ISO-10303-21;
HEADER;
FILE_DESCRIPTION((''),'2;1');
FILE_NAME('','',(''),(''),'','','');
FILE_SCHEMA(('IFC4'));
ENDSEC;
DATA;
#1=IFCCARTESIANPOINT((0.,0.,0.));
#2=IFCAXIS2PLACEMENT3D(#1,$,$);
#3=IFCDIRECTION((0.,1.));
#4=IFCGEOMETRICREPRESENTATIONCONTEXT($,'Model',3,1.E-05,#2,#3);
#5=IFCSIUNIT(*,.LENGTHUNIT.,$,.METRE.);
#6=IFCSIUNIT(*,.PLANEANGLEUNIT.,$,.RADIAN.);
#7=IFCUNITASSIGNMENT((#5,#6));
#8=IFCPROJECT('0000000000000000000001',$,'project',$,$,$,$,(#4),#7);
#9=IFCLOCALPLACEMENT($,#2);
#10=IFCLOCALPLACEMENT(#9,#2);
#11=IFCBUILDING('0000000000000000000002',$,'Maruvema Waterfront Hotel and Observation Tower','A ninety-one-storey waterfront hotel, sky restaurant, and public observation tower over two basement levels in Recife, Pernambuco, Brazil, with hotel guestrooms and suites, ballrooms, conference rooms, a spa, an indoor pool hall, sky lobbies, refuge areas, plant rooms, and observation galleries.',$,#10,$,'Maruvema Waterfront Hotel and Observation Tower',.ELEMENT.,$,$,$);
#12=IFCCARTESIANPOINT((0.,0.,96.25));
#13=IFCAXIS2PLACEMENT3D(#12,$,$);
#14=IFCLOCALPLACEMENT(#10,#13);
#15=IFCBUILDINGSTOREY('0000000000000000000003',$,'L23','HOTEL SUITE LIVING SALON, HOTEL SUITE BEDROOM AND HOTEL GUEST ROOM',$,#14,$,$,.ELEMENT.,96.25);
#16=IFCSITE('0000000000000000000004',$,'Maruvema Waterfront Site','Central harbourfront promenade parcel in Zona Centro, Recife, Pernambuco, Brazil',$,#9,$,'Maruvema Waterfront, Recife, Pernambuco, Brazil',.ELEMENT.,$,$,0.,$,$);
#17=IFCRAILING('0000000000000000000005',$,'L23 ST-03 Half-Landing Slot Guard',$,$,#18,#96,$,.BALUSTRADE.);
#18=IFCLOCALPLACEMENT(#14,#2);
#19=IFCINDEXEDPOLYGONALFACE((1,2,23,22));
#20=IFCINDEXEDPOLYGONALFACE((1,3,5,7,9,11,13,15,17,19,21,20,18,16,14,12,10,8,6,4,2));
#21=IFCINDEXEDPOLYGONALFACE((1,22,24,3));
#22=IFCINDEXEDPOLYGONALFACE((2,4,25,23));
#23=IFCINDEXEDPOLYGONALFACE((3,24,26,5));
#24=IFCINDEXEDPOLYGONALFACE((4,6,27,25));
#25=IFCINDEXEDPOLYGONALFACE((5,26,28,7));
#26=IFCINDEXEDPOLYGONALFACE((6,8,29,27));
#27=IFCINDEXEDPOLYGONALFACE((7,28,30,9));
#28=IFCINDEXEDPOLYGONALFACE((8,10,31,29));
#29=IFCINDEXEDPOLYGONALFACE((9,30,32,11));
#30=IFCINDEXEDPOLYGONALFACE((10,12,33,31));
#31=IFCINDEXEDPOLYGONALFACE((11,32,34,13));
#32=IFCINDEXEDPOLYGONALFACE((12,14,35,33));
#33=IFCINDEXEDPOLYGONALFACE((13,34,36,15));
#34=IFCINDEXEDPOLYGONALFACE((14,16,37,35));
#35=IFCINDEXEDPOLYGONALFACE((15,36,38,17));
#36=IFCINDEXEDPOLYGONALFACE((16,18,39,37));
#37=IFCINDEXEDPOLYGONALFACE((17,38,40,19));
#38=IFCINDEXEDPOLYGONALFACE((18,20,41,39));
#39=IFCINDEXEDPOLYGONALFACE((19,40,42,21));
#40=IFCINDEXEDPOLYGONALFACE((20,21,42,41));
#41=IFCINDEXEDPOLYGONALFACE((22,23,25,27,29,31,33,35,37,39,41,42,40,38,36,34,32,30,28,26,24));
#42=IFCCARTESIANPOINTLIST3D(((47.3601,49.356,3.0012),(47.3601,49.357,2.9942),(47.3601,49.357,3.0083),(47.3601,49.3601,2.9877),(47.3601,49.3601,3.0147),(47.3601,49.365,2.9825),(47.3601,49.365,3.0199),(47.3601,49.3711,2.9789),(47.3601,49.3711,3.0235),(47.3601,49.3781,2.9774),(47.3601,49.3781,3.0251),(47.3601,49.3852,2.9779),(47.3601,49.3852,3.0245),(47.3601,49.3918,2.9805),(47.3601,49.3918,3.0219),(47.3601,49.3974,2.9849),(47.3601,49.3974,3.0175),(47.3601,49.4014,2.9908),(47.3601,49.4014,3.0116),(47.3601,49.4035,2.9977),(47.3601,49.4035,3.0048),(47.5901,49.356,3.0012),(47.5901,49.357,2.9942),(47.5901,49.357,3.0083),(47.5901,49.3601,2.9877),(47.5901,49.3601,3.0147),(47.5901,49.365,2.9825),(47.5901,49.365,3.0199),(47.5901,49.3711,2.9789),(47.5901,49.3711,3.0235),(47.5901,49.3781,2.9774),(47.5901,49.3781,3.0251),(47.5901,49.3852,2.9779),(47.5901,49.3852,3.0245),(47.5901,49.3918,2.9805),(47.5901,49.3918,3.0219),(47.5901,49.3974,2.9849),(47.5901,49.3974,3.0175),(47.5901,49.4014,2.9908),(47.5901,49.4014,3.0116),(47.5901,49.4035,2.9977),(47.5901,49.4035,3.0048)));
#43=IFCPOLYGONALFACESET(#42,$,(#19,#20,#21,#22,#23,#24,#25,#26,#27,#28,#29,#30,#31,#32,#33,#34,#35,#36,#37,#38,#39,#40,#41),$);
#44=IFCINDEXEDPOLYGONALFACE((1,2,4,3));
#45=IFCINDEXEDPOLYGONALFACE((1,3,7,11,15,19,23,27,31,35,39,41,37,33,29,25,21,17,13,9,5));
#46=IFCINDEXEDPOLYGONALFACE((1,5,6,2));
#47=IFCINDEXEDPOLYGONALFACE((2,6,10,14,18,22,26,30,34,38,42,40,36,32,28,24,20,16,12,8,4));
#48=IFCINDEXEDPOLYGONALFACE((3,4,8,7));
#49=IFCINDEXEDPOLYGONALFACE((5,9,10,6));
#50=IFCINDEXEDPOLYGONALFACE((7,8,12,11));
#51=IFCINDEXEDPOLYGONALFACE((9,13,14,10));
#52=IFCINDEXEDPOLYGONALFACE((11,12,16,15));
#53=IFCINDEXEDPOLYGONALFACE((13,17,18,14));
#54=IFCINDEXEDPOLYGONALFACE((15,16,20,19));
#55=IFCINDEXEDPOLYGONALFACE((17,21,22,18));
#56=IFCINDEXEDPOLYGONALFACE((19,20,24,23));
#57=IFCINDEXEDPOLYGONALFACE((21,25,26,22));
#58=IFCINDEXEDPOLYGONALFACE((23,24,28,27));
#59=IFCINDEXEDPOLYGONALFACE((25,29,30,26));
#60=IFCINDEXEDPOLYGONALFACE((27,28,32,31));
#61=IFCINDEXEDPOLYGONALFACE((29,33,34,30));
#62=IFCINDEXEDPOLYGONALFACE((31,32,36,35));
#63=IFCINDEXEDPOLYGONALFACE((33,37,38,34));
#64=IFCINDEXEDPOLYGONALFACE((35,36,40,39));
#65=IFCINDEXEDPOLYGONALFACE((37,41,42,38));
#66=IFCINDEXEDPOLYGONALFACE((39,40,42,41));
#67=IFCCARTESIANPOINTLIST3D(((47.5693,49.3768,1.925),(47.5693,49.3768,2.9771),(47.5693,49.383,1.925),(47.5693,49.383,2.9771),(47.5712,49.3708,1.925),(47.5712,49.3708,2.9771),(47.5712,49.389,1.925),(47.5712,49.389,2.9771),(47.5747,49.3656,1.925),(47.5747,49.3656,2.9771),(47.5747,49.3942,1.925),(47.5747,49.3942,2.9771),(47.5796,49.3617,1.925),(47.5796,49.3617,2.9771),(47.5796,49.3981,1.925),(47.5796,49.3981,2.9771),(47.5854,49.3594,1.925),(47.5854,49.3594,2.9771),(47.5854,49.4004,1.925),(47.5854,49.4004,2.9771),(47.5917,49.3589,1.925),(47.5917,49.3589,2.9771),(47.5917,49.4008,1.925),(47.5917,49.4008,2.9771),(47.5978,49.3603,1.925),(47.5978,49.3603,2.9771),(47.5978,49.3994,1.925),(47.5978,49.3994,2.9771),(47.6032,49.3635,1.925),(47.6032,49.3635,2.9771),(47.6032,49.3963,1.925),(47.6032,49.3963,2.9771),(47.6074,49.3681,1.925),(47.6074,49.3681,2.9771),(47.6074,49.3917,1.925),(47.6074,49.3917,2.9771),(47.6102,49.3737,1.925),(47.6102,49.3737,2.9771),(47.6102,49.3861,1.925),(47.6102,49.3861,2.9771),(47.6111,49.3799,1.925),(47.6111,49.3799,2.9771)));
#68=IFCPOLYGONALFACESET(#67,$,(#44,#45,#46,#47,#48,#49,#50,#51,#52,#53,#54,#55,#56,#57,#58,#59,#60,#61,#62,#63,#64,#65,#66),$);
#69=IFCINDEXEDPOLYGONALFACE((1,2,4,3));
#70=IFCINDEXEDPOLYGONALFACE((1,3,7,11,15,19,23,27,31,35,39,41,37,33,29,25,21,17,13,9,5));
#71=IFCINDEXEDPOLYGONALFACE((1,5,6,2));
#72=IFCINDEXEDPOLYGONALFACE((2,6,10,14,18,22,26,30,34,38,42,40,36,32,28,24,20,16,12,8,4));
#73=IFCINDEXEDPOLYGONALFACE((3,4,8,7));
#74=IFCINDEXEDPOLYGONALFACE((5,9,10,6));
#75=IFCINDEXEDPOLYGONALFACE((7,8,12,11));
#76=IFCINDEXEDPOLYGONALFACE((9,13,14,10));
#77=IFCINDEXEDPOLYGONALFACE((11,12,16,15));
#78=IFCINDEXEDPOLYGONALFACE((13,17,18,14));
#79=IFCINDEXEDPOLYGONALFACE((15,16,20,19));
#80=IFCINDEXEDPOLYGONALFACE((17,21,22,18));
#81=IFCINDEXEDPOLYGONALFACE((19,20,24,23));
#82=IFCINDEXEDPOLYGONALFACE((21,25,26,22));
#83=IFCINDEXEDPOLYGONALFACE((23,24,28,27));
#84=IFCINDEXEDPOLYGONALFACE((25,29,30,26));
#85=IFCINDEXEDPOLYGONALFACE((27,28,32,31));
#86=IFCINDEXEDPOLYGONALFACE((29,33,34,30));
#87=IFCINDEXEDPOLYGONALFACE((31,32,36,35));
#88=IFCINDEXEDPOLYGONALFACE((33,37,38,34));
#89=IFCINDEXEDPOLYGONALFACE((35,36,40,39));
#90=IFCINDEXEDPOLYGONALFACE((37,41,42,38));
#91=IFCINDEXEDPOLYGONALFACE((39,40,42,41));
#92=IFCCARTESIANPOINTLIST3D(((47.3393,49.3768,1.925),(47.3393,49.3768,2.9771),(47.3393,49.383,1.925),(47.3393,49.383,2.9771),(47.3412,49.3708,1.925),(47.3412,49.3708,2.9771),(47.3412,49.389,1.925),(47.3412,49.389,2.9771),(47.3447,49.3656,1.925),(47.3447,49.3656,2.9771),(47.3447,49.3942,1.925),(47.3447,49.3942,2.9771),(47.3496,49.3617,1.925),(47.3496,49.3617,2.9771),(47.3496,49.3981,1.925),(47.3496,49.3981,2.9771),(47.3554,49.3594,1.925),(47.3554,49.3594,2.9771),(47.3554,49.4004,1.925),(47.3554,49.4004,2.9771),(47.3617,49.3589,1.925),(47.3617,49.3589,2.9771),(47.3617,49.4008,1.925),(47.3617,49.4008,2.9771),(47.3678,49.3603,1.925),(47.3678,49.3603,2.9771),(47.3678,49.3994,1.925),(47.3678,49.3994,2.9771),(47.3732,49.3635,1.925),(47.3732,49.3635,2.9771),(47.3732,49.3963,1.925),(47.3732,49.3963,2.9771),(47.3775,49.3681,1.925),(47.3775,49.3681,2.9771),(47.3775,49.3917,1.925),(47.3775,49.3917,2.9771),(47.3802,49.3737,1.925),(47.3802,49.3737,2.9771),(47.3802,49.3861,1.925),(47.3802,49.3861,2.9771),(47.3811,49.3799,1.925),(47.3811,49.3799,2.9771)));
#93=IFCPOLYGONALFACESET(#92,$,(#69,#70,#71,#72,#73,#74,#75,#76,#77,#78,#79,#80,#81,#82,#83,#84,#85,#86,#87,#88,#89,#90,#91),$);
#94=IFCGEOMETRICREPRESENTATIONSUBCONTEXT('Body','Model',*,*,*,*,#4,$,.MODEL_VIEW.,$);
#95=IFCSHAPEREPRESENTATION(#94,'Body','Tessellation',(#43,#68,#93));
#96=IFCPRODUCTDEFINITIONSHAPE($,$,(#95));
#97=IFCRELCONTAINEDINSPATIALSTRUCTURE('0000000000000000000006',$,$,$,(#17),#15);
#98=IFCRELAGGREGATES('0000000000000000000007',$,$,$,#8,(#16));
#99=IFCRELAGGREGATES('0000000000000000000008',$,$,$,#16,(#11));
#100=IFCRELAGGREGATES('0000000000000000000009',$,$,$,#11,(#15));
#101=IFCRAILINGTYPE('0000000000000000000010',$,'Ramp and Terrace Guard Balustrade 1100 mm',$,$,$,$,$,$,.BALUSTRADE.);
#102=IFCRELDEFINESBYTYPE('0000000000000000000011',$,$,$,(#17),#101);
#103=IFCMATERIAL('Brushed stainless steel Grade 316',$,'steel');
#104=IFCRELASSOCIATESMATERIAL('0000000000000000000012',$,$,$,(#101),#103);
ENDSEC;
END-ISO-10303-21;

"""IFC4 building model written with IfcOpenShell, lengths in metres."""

from ifc_helpers import new_model, si_unit, direction, frame, origin, origin_2d, place, context, subcontext, project, spatial, circle, extrude, material, type_object, element, save


model = new_model("IFC4")

# Units and contexts
model_context = context("Model", 3, precision=1e-05, world=origin(), true_north=direction((0.0, 1.0)))
body_context = subcontext(model_context, "Body", "Model", "MODEL_VIEW")
ifc_project = project(units=[si_unit("LENGTHUNIT", "METRE"), si_unit("PLANEANGLEUNIT", "RADIAN")], contexts=[model_context])

# Site, building, storey
site_placement = place(None, origin())
site = spatial("IfcSite", under=ifc_project, at=site_placement, Name="Maruvema Waterfront Site", Description="Central harbourfront promenade parcel in Zona Centro, Recife, Pernambuco, Brazil", LongName="Maruvema Waterfront, Recife, Pernambuco, Brazil", CompositionType="ELEMENT", RefElevation=0.0)
building_placement = place(site_placement, origin())
building = spatial("IfcBuilding", under=site, at=building_placement, Name="Maruvema Waterfront Hotel and Observation Tower", Description="A ninety-one-storey waterfront hotel, sky restaurant, and public observation tower over two basement levels in Recife, Pernambuco, Brazil, with hotel guestrooms and suites, ballrooms, conference rooms, a spa, an indoor pool hall, sky lobbies, refuge areas, plant rooms, and observation galleries.", LongName="Maruvema Waterfront Hotel and Observation Tower", CompositionType="ELEMENT")
storey_placement = place(building_placement, frame((0.0, 0.0, 96.25)))
storey = spatial("IfcBuildingStorey", under=building, at=storey_placement, Name="L23", Description="HOTEL SUITE LIVING SALON, HOTEL SUITE BEDROOM AND HOTEL GUEST ROOM", CompositionType="ELEMENT", Elevation=96.25)

# Railing
ifc_material_1 = material(Name="Brushed stainless steel Grade 316", Category="steel")
railing_type_1 = type_object("IfcRailingType", Name="Ramp and Terrace Guard Balustrade 1100 mm", PredefinedType="BALUSTRADE", material=ifc_material_1)
railing_1_placement = place(storey_placement, frame((47.5901, 49.3799, 1.925)))
element("IfcRailing", 1, at=railing_1_placement, inside=storey, type_object=railing_type_1, Name="L23 ST-03 Half-Landing Slot Guard", PredefinedType="BALUSTRADE", context=body_context, shape_type="SweptSolid", body=[
    extrude(circle(Radius=0.0239, at=origin_2d()), frame((0.0, 0.0, 1.0762), z_axis=(-1.0, 0.0, 0.0), x_axis=(0.0, -1.0, 0.0)), (0.0, 0.0, 1.0), 0.23),
    extrude(circle(Radius=0.021, at=origin_2d()), origin(), (0.0, 0.0, 1.0), 1.052),
    extrude(circle(Radius=0.021, at=origin_2d()), frame((-0.23, 0.0, 0.0)), (0.0, 0.0, 1.0), 1.052),
])

save(model, "model.ifc")
